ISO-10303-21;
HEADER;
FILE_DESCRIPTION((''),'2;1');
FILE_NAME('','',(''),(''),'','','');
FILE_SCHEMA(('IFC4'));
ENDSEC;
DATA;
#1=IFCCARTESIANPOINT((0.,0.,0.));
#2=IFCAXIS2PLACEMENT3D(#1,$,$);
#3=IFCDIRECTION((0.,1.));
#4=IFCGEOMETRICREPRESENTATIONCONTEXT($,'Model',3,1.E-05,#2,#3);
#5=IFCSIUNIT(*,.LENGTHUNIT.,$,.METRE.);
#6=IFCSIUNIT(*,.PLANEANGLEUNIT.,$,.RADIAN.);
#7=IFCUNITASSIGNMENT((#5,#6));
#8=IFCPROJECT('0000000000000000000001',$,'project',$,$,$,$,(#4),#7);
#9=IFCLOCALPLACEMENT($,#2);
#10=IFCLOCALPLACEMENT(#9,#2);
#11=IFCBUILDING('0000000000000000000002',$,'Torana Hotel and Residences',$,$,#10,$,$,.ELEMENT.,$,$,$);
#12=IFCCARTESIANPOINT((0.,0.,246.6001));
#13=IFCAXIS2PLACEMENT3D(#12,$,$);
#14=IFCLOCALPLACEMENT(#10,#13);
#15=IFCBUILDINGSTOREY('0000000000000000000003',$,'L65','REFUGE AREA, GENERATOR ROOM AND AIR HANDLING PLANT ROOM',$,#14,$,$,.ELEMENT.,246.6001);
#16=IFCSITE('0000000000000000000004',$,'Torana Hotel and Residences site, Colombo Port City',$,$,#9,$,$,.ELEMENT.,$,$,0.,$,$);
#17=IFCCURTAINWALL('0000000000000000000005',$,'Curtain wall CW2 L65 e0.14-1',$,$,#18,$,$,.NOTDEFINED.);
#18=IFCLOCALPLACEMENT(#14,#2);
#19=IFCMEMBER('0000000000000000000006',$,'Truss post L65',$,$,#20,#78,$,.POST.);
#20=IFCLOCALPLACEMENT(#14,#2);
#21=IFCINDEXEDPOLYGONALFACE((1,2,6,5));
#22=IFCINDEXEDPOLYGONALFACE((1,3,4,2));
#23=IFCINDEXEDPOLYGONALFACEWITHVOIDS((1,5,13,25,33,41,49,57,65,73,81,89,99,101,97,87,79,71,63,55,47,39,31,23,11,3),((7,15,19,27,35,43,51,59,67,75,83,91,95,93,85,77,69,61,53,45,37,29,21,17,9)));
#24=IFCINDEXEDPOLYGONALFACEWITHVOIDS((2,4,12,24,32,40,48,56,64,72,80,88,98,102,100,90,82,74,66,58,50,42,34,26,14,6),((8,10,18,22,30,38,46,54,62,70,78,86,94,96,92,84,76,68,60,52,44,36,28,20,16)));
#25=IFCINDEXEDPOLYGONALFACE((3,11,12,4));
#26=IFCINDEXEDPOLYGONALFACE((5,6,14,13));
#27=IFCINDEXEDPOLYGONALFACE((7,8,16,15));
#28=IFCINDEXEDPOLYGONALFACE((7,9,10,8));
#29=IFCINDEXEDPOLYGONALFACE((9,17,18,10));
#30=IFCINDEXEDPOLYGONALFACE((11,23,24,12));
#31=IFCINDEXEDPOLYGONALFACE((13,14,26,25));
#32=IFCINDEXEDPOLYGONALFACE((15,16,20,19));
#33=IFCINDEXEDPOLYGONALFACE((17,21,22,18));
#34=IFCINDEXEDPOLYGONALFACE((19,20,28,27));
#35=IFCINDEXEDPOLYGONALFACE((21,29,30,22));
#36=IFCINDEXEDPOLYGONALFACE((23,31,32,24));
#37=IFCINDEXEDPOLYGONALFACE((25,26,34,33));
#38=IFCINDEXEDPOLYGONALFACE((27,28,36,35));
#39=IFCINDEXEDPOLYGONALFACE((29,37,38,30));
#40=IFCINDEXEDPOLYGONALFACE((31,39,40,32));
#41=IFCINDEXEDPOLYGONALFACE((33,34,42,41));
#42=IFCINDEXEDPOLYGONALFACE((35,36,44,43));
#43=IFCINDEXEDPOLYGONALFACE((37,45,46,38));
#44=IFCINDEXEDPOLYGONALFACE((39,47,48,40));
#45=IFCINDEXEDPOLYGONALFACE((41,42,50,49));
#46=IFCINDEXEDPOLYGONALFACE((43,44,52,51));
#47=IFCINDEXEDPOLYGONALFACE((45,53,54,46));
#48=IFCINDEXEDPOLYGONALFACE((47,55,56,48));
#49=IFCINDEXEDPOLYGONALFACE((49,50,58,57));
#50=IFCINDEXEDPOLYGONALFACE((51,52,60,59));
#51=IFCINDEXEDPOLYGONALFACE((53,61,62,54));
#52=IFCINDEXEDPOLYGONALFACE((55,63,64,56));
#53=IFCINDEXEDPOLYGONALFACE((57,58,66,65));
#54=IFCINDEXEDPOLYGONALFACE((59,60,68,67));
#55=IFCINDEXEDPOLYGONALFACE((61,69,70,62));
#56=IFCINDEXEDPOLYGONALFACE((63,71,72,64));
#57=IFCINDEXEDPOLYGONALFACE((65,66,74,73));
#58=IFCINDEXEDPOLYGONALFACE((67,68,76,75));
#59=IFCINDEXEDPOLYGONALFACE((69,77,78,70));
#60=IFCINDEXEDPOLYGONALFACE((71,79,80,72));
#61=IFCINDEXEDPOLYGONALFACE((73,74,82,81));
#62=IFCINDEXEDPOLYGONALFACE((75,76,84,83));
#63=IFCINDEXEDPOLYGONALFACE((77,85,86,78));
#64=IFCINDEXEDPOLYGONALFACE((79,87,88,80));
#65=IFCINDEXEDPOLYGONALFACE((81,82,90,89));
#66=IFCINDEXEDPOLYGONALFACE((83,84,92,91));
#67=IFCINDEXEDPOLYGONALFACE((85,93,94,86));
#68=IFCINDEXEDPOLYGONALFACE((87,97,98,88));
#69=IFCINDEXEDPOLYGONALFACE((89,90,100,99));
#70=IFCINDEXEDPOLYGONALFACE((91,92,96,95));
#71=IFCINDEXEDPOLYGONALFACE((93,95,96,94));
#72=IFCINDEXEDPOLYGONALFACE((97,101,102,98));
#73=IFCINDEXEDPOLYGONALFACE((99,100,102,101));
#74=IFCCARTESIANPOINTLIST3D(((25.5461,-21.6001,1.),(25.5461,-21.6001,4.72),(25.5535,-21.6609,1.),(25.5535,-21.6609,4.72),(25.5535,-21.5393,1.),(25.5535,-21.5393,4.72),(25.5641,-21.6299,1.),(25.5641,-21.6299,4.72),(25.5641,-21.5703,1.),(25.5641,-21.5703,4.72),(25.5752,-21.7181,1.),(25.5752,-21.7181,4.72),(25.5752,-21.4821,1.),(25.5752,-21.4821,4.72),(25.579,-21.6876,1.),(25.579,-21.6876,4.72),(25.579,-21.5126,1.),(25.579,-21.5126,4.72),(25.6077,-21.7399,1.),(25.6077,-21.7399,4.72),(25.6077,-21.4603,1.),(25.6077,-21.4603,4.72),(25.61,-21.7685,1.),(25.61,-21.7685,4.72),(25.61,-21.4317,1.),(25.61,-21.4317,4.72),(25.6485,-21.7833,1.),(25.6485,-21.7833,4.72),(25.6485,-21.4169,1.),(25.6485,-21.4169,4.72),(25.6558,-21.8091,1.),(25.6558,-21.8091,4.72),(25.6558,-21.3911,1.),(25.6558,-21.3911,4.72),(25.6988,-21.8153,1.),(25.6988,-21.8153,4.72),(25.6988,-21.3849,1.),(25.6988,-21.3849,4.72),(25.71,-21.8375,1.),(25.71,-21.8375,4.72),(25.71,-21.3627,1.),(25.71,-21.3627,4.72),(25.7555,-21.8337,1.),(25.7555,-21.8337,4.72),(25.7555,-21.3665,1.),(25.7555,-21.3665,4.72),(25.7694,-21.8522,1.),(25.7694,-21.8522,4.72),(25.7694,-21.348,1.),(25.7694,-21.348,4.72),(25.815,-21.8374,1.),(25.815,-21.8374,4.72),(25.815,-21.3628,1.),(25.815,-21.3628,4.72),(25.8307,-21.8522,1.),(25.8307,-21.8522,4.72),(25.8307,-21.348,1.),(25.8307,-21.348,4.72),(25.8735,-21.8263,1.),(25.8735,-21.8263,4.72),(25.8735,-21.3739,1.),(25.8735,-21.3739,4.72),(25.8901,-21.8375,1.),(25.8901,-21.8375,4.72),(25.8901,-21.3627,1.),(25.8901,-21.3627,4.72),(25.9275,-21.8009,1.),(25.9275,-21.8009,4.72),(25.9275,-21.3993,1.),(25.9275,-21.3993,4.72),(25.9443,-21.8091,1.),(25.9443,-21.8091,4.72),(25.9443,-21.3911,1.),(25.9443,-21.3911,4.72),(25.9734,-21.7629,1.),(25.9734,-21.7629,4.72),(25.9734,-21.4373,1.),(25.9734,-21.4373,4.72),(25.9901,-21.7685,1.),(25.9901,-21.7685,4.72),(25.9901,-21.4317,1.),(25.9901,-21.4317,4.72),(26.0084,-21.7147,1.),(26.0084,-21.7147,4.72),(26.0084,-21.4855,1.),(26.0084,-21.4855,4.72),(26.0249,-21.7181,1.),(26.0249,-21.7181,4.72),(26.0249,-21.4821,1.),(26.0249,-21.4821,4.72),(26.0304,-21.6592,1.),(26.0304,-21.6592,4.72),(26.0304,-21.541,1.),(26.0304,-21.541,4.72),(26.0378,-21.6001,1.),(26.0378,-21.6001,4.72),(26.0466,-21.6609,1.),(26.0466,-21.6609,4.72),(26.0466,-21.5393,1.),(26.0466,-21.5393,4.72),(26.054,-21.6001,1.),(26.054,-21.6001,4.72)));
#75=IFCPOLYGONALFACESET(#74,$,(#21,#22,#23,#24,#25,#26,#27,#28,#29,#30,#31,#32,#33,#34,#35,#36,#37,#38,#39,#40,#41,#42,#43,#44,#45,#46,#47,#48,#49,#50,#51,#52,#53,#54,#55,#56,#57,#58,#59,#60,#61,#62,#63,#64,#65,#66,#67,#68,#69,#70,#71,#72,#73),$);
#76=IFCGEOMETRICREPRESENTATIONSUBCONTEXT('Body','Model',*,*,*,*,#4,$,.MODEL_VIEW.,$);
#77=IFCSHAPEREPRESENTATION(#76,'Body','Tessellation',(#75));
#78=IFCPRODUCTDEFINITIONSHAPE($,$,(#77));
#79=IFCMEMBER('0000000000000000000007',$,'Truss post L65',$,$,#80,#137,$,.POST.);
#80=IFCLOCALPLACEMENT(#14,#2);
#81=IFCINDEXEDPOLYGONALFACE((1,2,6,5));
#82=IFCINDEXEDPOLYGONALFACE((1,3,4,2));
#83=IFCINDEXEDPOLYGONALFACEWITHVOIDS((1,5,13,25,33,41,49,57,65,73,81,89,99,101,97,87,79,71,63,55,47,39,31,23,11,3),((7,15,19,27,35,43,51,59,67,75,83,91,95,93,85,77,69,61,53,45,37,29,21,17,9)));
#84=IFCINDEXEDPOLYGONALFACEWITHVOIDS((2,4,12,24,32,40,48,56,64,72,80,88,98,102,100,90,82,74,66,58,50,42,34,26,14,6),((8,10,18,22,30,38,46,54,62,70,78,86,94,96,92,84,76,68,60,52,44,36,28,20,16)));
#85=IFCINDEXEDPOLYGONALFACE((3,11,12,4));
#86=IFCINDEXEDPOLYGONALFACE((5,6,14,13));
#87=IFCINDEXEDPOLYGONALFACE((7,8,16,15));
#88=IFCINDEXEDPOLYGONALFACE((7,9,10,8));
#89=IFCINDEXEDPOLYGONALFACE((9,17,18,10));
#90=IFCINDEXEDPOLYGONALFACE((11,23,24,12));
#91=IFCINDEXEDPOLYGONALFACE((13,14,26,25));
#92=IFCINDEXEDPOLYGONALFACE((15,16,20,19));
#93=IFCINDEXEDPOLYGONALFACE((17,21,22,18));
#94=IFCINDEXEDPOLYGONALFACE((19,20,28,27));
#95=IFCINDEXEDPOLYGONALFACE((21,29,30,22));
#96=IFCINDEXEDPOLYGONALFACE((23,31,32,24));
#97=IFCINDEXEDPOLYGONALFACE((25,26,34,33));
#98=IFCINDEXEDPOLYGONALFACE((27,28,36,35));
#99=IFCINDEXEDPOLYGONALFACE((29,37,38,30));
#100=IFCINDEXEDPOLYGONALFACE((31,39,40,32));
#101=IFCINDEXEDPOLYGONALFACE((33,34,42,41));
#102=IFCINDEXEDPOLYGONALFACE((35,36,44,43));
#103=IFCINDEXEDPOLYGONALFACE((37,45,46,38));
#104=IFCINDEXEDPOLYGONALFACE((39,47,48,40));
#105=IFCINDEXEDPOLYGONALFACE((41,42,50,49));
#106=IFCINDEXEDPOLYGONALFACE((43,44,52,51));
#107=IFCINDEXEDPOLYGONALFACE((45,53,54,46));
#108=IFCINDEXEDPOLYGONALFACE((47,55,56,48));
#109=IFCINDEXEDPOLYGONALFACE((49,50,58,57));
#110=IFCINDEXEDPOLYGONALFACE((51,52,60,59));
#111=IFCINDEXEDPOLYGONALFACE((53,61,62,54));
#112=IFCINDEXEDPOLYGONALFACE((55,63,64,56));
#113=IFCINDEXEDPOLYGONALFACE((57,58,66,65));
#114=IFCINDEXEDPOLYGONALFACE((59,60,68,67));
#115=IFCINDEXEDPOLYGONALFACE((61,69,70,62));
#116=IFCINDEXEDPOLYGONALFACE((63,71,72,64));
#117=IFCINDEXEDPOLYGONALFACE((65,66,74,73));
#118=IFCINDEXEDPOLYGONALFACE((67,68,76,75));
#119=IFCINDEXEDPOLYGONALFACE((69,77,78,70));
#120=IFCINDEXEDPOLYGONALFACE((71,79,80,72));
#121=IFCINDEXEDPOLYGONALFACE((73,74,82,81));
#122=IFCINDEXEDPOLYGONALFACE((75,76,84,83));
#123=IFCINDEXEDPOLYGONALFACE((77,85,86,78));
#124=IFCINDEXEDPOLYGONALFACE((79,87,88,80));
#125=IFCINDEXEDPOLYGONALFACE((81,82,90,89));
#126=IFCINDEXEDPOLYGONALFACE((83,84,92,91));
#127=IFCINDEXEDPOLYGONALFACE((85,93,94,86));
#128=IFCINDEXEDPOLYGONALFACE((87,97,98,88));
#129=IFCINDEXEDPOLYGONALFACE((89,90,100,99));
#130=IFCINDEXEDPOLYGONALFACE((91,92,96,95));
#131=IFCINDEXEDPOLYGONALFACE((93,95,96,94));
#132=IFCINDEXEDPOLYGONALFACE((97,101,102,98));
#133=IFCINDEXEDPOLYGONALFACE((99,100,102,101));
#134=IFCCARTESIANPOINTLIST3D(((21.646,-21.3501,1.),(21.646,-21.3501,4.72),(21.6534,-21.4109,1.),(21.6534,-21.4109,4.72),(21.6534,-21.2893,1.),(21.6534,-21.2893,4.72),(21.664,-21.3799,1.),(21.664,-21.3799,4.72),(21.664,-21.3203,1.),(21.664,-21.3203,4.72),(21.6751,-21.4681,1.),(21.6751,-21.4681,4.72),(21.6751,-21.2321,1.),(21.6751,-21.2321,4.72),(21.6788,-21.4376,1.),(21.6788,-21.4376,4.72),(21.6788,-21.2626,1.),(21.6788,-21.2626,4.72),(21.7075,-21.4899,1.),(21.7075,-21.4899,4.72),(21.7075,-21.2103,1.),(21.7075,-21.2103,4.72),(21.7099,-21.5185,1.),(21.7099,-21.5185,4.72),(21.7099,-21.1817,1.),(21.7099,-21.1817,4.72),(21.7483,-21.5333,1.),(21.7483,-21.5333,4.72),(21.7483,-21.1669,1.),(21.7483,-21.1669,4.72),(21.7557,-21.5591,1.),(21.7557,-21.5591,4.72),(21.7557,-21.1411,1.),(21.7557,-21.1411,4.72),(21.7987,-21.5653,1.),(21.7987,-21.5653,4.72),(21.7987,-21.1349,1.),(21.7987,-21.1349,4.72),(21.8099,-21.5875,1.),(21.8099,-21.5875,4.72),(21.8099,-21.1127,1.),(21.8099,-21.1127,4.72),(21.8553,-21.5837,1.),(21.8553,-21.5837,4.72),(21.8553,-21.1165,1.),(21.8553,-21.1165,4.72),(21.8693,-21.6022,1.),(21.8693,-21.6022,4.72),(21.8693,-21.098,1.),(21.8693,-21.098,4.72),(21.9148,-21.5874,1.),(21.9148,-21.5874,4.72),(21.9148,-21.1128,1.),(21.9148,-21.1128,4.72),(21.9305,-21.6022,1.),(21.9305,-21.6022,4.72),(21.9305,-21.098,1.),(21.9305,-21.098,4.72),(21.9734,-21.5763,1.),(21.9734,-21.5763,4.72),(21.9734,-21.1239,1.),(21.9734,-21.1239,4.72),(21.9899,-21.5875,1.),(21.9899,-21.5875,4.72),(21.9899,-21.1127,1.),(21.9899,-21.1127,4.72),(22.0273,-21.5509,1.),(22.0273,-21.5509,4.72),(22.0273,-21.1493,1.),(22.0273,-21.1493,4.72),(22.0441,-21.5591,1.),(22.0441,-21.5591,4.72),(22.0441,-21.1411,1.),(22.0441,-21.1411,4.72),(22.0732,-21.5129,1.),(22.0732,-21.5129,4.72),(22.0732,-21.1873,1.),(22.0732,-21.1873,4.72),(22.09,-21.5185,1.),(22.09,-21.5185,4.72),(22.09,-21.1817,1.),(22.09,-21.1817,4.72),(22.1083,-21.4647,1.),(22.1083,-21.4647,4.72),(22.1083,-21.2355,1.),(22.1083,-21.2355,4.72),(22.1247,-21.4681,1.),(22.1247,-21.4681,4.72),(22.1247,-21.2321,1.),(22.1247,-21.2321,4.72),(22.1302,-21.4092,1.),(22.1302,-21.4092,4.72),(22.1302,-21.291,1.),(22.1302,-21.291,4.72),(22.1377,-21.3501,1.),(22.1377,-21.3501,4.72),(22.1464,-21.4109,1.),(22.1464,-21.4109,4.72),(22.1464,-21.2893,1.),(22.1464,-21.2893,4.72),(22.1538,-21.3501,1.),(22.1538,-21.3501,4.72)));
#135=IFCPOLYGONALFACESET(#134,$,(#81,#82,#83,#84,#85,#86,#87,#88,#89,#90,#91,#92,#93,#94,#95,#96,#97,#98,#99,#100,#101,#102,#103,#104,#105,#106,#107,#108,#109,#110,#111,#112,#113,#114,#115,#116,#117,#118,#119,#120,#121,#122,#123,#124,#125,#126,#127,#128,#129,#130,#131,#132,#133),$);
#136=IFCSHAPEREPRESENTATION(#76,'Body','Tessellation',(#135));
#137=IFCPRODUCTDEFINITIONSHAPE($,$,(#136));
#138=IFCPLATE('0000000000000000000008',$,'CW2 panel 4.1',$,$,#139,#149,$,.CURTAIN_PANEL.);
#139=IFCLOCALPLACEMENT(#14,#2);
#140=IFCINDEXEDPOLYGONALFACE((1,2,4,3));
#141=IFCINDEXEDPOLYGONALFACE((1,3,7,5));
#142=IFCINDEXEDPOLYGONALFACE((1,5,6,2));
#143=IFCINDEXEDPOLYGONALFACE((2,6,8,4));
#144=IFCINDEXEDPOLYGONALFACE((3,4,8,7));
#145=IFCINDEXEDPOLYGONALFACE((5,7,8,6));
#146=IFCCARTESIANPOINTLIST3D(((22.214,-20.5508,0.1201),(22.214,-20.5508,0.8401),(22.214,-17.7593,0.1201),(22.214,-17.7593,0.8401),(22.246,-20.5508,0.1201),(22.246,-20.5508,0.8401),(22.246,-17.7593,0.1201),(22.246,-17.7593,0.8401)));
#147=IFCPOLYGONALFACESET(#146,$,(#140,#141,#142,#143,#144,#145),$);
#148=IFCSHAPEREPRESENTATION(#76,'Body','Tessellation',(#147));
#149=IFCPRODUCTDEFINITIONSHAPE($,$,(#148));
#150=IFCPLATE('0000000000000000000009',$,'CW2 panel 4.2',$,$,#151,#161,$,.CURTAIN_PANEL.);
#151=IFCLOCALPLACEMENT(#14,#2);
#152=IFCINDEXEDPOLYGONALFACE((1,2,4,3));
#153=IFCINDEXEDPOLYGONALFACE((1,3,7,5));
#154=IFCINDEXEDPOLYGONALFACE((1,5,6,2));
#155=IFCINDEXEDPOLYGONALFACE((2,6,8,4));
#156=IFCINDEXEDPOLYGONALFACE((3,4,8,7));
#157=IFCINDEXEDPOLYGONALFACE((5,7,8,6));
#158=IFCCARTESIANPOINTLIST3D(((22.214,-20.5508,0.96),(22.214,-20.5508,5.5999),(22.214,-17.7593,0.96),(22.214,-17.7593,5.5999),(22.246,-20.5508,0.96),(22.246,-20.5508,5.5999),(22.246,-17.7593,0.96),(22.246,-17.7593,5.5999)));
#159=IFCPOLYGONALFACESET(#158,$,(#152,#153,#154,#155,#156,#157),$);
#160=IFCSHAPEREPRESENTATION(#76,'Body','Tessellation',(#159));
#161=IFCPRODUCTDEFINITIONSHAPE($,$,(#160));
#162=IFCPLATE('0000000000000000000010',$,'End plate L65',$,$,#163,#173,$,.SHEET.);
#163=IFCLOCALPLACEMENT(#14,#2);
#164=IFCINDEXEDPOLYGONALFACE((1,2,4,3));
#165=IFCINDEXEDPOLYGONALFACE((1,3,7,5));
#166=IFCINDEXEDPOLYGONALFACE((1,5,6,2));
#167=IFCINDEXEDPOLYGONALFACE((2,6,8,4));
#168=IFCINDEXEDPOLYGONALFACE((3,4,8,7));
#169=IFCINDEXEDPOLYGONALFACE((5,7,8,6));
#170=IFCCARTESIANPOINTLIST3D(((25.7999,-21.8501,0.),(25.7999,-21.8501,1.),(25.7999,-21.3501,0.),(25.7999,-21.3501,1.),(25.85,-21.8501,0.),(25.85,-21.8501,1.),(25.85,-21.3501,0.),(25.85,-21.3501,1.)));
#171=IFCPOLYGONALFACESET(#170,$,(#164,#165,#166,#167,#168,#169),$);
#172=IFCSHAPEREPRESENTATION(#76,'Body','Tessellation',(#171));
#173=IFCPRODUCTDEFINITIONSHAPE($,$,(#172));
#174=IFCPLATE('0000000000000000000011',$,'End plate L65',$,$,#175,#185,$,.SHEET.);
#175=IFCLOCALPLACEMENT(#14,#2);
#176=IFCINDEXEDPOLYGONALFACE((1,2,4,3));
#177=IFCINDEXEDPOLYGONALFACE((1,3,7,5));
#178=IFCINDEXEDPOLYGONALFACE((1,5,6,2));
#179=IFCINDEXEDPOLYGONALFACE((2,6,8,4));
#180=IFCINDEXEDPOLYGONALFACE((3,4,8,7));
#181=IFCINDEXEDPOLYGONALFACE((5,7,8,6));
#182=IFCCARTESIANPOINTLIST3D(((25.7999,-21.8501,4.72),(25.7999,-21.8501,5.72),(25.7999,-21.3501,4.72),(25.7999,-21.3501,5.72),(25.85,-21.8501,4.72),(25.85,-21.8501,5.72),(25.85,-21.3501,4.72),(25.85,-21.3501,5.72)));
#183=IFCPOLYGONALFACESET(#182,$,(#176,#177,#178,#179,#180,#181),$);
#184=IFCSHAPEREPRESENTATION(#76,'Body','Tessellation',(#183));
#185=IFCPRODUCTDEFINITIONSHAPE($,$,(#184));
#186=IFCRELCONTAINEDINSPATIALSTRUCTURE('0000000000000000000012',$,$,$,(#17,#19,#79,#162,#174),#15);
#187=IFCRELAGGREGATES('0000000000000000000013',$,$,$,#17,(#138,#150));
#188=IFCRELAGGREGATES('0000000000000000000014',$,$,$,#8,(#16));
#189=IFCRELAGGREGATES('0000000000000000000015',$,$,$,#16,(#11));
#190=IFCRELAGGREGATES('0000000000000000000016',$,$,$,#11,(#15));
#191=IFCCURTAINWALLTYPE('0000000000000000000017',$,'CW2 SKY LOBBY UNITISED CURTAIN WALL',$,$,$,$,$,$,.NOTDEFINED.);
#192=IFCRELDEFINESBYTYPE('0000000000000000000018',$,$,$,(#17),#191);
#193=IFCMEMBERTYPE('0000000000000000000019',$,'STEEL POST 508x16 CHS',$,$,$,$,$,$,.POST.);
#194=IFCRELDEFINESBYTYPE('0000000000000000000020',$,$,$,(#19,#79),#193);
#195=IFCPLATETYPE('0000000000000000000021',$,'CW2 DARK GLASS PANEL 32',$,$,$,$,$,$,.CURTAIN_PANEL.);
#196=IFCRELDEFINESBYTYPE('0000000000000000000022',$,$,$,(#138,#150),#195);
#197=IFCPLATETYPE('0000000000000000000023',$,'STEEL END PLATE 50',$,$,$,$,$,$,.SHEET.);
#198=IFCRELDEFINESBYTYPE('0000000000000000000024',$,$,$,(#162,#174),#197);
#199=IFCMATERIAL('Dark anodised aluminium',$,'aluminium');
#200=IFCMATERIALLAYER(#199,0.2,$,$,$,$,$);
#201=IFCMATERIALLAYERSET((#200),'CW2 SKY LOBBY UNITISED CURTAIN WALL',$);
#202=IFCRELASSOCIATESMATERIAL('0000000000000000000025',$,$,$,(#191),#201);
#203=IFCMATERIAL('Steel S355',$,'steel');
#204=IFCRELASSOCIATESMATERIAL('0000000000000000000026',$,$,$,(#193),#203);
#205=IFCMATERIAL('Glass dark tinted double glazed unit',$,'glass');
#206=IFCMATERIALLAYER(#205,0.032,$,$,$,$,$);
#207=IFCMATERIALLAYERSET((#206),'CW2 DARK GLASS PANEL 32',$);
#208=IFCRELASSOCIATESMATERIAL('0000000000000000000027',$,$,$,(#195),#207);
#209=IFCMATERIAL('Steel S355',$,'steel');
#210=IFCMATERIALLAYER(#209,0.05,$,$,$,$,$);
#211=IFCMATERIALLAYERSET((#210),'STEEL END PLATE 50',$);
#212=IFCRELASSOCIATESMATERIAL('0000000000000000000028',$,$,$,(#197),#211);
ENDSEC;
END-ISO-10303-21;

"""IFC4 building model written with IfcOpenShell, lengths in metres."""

from ifc_helpers import new_model, si_unit, direction, frame, origin, origin_2d, place, context, subcontext, project, spatial, rectangle, hollow_circle, extrude, material, layer, layer_set, material_profile, profile_set, type_object, element, aggregate, save


model = new_model("IFC4")

# Units and contexts
model_context = context("Model", 3, precision=1e-05, world=origin(), true_north=direction((0.0, 1.0)))
body_context = subcontext(model_context, "Body", "Model", "MODEL_VIEW")
ifc_project = project(units=[si_unit("LENGTHUNIT", "METRE"), si_unit("PLANEANGLEUNIT", "RADIAN")], contexts=[model_context])

# Site, building, storey
site_placement = place(None, origin())
site = spatial("IfcSite", under=ifc_project, at=site_placement, Name="Torana Hotel and Residences site, Colombo Port City", CompositionType="ELEMENT", RefElevation=0.0)
building_placement = place(site_placement, origin())
building = spatial("IfcBuilding", under=site, at=building_placement, Name="Torana Hotel and Residences", CompositionType="ELEMENT")
storey_placement = place(building_placement, frame((0.0, 0.0, 246.6001)))
storey = spatial("IfcBuildingStorey", under=building, at=storey_placement, Name="L65", Description="REFUGE AREA, GENERATOR ROOM AND AIR HANDLING PLANT ROOM", CompositionType="ELEMENT", Elevation=246.6001)

# Curtain wall
ifc_material_1 = material(Name="Dark anodised aluminium", Category="aluminium")
ifc_layer_1 = layer(ifc_material_1, 0.2)
ifc_layer_set_1 = layer_set([ifc_layer_1], Name="CW2 SKY LOBBY UNITISED CURTAIN WALL")
curtain_wall_type = type_object("IfcCurtainWallType", Name="CW2 SKY LOBBY UNITISED CURTAIN WALL", PredefinedType="NOTDEFINED", material=ifc_layer_set_1)
curtain_wall_placement = place(storey_placement, origin())
curtain_wall = element("IfcCurtainWall", 1, at=curtain_wall_placement, inside=storey, type_object=curtain_wall_type, Name="Curtain wall CW2 L65 e0.14-1", PredefinedType="NOTDEFINED")

# Members
ifc_material_2 = material(Name="Steel S355", Category="steel")
ifc_material_profile_1 = material_profile(ifc_material_2, hollow_circle(Radius=0.2539, WallThickness=0.0161, at=origin_2d()), Name="508x16 CHS")
ifc_profile_set_1 = profile_set([ifc_material_profile_1], Name="Steel S355")
member_type_1 = type_object("IfcMemberType", Name="STEEL POST 508x16 CHS", PredefinedType="POST", material=ifc_profile_set_1)
for number, where, z_axis, x_axis, name in (
    (2, (25.8, -21.6001, 1.0), (0.0, 0.0, 1.0), (1.0, 0.0, 0.0), "Truss post L65"),
    (3, (21.8999, -21.3501, 1.0), (0.0, 0.0, 1.0), (1.0, 0.0, 0.0), "Truss post L65"),
):
    element("IfcMember", number, at=place(storey_placement, frame(where, z_axis=z_axis, x_axis=x_axis)), inside=storey, type_object=member_type_1, Name=name, PredefinedType="POST", context=body_context, shape_type="SweptSolid", body=[
        extrude(hollow_circle(Radius=0.2539, WallThickness=0.0161, at=origin_2d()), origin(), (0.0, 0.0, 1.0), 3.72),
    ])

# Plates
ifc_material_3 = material(Name="Glass dark tinted double glazed unit", Category="glass")
ifc_layer_2 = layer(ifc_material_3, 0.032)
ifc_layer_set_2 = layer_set([ifc_layer_2], Name="CW2 DARK GLASS PANEL 32")
plate_type_1 = type_object("IfcPlateType", Name="CW2 DARK GLASS PANEL 32", PredefinedType="CURTAIN_PANEL", material=ifc_layer_set_2)
plate_1_placement = place(storey_placement, frame((22.23, -19.155, 0.1201), z_axis=(0.0, 0.0, 1.0), x_axis=(0.0, 1.0, 0.0)))
plate_1 = element("IfcPlate", 4, at=plate_1_placement, type_object=plate_type_1, Name="CW2 panel 4.1", PredefinedType="CURTAIN_PANEL", context=body_context, shape_type="SweptSolid", body=[
    extrude(rectangle(XDim=2.7915, YDim=0.032, at=origin_2d()), origin(), (0.0, 0.0, 1.0), 0.72),
])
plate_2_placement = place(storey_placement, frame((22.23, -19.155, 0.96), z_axis=(0.0, 0.0, 1.0), x_axis=(0.0, 1.0, 0.0)))
plate_2 = element("IfcPlate", 5, at=plate_2_placement, type_object=plate_type_1, Name="CW2 panel 4.2", PredefinedType="CURTAIN_PANEL", context=body_context, shape_type="SweptSolid", body=[
    extrude(rectangle(XDim=2.7915, YDim=0.032, at=origin_2d()), origin(), (0.0, 0.0, 1.0), 4.6399),
])
aggregate(curtain_wall, [plate_1, plate_2])

# Plates
ifc_material_4 = material(Name="Steel S355", Category="steel")
ifc_layer_3 = layer(ifc_material_4, 0.05)
ifc_layer_set_3 = layer_set([ifc_layer_3], Name="STEEL END PLATE 50")
plate_type_2 = type_object("IfcPlateType", Name="STEEL END PLATE 50", PredefinedType="SHEET", material=ifc_layer_set_3)
for number, where, z_axis, x_axis, name in (
    (6, (25.825, -21.6001, 0.0), (0.0, 0.0, 1.0), (1.0, 0.0, 0.0), "End plate L65"),
    (7, (25.825, -21.6001, 4.72), (0.0, 0.0, 1.0), (1.0, 0.0, 0.0), "End plate L65"),
):
    element("IfcPlate", number, at=place(storey_placement, frame(where, z_axis=z_axis, x_axis=x_axis)), inside=storey, type_object=plate_type_2, Name=name, PredefinedType="SHEET", context=body_context, shape_type="SweptSolid", body=[
        extrude(rectangle(XDim=0.05, YDim=0.5, at=origin_2d()), origin(), (0.0, 0.0, 1.0), 1.0),
    ])

save(model, "model.ifc")
